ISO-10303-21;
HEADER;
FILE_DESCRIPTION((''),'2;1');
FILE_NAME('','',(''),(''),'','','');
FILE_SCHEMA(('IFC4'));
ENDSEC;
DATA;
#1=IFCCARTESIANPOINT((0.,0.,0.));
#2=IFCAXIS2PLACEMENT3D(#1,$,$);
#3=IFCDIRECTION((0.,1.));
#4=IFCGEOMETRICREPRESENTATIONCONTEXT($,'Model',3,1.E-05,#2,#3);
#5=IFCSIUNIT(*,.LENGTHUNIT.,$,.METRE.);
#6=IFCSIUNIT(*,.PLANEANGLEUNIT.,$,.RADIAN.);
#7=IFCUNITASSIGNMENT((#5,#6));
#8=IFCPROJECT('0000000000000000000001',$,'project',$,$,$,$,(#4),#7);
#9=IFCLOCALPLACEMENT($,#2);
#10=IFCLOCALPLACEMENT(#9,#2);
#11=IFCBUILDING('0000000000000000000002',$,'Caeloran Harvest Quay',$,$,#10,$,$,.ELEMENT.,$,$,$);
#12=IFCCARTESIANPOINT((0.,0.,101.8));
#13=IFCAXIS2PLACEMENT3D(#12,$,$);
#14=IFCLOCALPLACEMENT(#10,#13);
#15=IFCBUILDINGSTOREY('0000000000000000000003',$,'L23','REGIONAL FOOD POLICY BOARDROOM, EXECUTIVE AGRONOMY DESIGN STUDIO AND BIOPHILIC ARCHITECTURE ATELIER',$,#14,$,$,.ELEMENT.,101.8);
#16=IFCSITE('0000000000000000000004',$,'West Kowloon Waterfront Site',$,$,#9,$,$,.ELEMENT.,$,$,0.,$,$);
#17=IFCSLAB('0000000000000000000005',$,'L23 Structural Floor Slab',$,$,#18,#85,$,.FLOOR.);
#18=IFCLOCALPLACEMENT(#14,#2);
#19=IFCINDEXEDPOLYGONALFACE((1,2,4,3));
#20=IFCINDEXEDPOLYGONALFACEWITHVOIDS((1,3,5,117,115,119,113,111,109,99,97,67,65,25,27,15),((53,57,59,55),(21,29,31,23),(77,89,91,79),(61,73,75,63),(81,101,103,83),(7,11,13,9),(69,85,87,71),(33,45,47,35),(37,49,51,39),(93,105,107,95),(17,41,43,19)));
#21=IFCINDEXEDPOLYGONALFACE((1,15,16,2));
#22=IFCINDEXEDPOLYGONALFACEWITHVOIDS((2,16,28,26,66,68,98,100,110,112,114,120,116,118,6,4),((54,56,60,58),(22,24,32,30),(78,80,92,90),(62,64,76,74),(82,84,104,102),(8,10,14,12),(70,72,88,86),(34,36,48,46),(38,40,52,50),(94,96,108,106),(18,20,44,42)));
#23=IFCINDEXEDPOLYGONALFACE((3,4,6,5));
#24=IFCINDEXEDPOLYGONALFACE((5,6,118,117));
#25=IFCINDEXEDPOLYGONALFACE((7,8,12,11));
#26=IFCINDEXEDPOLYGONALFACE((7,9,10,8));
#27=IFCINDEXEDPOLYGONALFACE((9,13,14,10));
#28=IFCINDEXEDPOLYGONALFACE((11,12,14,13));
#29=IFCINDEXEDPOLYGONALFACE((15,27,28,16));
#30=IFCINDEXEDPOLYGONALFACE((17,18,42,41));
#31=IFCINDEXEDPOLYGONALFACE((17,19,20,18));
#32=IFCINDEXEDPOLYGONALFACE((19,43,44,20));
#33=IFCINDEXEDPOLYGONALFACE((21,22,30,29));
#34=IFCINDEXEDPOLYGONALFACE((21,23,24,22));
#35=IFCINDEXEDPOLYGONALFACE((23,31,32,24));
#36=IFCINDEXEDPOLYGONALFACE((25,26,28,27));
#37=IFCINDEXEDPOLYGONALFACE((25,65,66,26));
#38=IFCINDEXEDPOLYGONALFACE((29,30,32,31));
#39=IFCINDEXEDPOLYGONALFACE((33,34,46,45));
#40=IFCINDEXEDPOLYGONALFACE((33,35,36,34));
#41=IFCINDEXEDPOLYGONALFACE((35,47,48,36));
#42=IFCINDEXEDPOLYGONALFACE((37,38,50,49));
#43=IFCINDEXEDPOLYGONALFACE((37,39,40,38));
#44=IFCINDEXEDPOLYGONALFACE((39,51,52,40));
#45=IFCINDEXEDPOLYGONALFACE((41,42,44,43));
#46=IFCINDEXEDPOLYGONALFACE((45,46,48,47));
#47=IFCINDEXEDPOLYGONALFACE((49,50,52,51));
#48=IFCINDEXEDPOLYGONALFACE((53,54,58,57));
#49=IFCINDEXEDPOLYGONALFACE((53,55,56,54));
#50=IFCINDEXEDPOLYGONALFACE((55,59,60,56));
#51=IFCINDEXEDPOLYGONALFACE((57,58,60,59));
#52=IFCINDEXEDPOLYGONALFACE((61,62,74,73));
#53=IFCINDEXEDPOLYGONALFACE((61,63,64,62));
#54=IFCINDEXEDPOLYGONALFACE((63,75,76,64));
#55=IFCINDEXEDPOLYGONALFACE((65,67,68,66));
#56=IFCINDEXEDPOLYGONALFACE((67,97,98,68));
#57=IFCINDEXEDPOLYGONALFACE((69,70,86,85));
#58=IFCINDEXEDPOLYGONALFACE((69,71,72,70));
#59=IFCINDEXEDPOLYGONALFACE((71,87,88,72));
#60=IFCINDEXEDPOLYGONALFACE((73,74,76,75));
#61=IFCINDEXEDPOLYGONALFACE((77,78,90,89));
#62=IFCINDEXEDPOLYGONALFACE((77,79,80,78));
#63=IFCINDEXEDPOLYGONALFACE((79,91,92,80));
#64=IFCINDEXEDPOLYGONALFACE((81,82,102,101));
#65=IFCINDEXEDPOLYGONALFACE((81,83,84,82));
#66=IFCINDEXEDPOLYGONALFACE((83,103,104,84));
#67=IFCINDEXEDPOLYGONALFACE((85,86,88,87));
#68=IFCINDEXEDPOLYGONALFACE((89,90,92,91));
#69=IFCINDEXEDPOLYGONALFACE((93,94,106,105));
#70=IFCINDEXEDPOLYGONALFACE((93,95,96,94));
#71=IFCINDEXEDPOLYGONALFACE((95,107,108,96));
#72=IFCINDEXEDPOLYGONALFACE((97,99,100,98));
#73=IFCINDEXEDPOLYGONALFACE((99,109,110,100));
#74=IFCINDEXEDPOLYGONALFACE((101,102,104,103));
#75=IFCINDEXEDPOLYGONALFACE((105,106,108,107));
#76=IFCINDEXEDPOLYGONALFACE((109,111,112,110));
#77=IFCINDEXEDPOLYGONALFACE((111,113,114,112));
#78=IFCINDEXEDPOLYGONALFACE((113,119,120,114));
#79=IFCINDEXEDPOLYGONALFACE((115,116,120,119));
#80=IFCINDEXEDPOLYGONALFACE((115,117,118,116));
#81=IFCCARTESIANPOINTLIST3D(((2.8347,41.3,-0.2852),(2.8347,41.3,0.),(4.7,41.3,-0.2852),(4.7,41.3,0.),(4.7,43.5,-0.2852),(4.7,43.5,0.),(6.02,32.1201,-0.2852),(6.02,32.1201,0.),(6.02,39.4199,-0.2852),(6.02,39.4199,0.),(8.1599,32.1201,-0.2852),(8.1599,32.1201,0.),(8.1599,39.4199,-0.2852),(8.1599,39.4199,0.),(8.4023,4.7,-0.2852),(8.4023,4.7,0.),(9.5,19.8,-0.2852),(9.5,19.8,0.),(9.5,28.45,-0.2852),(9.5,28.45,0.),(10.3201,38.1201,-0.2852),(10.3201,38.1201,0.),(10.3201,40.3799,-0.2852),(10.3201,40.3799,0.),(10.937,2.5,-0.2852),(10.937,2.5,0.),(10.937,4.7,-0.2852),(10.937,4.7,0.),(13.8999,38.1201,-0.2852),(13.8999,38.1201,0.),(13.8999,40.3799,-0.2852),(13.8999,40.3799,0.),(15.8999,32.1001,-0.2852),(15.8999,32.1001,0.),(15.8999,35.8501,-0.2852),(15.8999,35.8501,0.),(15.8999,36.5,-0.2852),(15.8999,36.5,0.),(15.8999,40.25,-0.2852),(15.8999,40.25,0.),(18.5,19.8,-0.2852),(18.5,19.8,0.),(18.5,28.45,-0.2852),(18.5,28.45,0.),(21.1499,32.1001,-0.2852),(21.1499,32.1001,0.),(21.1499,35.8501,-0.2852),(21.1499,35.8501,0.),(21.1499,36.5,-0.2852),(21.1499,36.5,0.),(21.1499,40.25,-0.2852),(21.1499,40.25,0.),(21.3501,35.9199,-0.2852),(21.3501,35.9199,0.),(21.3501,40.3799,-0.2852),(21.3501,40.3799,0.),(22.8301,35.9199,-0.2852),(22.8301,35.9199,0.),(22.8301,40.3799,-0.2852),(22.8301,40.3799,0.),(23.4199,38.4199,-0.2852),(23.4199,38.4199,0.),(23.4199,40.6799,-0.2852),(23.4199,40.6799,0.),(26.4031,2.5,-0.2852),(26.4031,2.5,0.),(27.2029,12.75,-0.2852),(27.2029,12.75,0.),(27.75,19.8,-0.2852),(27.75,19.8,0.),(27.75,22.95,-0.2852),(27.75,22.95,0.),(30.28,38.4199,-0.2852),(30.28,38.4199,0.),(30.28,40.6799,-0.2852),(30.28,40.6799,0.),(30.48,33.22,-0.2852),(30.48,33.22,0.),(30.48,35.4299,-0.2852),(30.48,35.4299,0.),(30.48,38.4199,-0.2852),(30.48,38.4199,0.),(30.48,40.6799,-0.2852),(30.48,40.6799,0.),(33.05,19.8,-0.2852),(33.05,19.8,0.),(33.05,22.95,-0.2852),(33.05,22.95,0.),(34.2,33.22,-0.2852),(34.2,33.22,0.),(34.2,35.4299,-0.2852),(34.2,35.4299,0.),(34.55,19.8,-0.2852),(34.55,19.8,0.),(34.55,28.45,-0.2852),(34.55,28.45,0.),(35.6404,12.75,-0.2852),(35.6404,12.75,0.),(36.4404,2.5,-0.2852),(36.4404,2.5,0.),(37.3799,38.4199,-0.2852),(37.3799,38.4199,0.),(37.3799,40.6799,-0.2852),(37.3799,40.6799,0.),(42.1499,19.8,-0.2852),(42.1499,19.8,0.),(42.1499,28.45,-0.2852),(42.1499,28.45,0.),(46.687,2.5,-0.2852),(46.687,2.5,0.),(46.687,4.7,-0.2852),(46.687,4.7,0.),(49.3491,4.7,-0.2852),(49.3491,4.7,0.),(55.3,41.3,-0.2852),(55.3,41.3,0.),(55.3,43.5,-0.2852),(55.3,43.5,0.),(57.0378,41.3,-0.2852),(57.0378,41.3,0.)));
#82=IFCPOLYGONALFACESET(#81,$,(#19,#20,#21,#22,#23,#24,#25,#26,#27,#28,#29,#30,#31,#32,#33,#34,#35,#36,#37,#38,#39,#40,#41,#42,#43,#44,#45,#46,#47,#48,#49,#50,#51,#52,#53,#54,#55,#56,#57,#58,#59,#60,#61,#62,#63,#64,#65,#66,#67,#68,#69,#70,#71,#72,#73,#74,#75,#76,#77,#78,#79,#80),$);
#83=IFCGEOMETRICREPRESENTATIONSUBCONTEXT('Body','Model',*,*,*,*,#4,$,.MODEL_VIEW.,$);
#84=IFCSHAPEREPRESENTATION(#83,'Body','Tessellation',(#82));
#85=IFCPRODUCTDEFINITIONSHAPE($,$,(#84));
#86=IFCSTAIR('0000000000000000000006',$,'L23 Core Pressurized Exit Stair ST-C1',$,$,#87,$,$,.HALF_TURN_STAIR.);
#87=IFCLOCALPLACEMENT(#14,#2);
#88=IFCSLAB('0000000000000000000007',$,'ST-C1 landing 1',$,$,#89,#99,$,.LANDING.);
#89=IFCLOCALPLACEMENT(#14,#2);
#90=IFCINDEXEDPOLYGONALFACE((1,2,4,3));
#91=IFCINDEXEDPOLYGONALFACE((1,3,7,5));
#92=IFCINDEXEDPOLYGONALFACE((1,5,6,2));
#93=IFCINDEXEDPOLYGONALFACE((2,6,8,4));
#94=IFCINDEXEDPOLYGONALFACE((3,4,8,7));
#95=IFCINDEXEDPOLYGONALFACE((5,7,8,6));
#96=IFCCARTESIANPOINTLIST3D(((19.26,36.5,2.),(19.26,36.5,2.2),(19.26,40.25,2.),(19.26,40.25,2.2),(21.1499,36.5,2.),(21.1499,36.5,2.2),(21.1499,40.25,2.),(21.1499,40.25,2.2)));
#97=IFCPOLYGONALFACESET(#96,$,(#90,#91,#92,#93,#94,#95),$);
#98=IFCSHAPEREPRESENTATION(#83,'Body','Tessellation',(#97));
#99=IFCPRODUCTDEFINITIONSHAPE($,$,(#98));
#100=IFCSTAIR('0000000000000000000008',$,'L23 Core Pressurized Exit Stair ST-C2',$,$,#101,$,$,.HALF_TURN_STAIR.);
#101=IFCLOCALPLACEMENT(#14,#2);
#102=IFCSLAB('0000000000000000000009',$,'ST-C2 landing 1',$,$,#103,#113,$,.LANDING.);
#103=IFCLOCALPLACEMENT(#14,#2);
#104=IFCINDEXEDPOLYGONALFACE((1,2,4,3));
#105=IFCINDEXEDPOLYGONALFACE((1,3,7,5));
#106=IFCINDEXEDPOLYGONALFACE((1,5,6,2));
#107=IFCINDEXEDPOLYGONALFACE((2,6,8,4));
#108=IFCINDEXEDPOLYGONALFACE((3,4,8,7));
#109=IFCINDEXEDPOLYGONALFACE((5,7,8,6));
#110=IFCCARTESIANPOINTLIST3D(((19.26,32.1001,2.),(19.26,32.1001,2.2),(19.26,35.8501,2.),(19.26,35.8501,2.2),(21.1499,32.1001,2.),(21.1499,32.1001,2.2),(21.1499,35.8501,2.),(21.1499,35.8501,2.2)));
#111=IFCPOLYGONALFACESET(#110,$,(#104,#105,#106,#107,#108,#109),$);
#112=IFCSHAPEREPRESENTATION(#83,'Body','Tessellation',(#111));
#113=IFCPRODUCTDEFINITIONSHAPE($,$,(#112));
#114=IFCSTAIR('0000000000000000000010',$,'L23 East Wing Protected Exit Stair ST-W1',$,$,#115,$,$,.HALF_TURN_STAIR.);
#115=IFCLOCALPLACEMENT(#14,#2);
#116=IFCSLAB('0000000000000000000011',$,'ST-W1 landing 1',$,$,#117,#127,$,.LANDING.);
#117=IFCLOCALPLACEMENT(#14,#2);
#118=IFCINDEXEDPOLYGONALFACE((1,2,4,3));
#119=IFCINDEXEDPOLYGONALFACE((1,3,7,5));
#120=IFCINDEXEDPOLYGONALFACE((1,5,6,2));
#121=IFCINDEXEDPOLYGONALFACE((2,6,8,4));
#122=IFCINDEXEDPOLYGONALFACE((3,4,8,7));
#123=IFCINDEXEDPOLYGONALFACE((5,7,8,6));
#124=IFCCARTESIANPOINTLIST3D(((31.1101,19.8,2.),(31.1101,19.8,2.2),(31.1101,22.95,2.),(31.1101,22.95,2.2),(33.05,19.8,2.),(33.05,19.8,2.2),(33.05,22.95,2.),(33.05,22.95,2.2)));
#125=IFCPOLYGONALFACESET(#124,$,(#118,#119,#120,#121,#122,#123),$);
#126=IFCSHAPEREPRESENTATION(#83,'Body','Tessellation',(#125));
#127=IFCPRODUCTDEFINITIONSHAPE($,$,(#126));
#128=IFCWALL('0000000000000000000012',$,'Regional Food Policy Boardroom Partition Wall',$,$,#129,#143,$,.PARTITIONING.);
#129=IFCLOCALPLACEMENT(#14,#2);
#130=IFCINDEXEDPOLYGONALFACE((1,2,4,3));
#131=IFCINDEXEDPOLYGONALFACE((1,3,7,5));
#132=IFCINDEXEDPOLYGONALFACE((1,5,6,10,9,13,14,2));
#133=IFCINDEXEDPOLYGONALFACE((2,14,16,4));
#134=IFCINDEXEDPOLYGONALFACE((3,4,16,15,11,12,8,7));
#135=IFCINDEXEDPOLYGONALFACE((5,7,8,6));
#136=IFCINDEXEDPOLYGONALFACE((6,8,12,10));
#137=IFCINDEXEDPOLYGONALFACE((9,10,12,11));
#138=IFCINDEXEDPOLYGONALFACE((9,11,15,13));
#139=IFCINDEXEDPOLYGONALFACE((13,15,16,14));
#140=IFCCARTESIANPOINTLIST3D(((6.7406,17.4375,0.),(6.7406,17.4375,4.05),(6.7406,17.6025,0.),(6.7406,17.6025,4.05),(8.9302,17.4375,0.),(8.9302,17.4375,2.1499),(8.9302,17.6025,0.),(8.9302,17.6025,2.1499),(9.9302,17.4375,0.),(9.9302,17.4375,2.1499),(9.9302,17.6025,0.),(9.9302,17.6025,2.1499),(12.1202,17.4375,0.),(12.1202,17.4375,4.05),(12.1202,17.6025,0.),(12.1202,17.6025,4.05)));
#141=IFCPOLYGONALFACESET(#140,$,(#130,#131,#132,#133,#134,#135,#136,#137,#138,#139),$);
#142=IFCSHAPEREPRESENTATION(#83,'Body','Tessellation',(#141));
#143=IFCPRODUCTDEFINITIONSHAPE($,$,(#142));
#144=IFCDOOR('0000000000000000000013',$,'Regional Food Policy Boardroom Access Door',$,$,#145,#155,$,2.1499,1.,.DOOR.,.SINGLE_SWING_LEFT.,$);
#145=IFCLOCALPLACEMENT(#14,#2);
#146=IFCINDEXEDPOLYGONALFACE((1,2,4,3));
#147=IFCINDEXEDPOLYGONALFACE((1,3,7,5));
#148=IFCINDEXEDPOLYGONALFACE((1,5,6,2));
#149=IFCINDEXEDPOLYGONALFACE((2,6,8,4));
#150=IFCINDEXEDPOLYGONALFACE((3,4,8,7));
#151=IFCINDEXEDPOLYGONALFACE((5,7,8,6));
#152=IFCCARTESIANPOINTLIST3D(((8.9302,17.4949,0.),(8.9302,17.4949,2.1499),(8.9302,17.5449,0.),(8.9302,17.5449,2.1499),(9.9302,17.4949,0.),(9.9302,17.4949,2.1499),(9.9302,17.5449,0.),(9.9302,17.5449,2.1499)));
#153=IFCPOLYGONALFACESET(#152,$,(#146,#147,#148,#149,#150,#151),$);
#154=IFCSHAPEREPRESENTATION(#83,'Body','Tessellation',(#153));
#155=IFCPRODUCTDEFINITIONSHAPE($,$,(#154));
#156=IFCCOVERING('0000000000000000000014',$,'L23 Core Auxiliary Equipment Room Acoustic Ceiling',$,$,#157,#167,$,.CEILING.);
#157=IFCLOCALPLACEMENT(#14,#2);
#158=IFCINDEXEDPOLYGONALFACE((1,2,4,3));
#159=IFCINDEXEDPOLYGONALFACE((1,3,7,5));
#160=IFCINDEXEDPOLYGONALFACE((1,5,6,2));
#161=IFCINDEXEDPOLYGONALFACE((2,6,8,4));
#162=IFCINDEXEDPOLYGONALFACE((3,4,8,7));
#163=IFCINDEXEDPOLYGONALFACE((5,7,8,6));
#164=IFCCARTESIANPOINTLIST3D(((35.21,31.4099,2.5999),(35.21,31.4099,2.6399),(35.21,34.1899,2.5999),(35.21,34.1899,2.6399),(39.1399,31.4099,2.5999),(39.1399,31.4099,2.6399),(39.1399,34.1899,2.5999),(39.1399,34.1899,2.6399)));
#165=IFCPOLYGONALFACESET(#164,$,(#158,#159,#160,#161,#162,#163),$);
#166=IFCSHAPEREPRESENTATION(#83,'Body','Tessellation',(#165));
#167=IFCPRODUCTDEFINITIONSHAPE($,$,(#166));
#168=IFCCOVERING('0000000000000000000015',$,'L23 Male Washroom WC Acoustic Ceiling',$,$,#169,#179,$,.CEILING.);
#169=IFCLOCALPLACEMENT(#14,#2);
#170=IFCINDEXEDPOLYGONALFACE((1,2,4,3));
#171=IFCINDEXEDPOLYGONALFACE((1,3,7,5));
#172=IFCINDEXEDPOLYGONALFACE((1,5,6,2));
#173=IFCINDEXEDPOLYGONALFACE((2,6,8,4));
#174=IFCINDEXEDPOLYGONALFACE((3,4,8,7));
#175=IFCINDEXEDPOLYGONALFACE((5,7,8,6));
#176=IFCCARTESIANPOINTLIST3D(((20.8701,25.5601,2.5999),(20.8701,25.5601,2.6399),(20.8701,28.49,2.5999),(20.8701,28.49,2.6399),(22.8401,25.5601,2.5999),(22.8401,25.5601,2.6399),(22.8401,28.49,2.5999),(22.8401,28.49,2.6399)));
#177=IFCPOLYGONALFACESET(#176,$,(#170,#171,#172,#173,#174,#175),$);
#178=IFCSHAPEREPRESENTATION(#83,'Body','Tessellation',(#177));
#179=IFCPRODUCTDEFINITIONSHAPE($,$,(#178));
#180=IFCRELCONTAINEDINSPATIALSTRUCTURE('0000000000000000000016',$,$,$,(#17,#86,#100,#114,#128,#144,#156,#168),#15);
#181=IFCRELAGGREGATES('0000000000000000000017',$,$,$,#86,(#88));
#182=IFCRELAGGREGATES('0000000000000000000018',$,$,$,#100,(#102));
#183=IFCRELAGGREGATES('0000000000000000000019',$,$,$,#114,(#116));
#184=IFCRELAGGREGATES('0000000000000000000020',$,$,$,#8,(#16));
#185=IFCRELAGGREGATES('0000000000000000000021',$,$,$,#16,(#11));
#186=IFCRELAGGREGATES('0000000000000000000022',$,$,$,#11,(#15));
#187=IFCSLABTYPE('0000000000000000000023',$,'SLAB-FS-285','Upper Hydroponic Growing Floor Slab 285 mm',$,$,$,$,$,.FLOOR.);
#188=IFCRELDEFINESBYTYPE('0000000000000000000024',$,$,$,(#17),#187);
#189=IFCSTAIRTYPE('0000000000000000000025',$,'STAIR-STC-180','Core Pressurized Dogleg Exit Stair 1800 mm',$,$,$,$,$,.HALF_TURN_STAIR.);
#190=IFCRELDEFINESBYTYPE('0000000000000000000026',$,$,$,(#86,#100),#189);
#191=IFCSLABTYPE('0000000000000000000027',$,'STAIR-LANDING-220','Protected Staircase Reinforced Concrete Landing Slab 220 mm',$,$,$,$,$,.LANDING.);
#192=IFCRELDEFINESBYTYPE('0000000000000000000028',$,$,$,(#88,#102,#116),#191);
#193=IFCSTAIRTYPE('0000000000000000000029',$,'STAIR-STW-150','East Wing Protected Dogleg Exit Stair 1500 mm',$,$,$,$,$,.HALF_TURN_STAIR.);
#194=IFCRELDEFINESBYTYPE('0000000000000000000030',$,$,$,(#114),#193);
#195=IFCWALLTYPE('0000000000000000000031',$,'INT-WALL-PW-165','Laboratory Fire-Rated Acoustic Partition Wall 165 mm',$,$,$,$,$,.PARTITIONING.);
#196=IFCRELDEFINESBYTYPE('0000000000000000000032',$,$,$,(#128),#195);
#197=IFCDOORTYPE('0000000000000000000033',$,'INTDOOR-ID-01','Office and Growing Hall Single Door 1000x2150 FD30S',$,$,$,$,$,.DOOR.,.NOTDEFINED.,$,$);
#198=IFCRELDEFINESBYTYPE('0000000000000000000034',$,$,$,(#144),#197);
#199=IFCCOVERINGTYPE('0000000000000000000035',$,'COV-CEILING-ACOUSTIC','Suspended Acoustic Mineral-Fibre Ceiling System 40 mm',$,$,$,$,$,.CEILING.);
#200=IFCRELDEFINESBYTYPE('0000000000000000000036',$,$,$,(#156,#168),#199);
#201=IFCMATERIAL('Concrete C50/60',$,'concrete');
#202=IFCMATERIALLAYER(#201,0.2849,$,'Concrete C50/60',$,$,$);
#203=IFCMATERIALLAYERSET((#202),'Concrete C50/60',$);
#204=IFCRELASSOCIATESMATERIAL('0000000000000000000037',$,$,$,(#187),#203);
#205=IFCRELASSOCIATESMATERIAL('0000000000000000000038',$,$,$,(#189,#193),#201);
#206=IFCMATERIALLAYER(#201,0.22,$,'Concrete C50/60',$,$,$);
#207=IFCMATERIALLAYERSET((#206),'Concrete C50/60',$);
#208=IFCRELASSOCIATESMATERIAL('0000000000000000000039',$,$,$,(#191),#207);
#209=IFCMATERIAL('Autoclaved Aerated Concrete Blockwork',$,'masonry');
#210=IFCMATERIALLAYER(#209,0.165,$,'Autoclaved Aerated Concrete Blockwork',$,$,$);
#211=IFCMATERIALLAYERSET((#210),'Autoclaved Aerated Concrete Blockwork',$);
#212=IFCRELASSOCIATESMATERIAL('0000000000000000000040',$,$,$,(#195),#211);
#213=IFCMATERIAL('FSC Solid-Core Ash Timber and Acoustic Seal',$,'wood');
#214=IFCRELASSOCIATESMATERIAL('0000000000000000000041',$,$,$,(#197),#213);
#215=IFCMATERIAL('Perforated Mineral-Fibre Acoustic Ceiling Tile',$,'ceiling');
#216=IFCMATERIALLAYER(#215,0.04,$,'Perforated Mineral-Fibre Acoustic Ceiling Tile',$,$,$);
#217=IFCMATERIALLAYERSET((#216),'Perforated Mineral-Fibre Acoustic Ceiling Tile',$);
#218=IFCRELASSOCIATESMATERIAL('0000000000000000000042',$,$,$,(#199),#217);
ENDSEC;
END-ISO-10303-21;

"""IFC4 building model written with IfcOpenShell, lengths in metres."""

from ifc_helpers import new_model, si_unit, direction, frame, frame_2d, origin, place, context, subcontext, project, spatial, polyline, rectangle, outline, extrude, material, layer, layer_set, type_object, element, fill, aggregate, save


model = new_model("IFC4")

# Units and contexts
model_context = context("Model", 3, precision=1e-05, world=origin(), true_north=direction((0.0, 1.0)))
body_context = subcontext(model_context, "Body", "Model", "MODEL_VIEW")
ifc_project = project(units=[si_unit("LENGTHUNIT", "METRE"), si_unit("PLANEANGLEUNIT", "RADIAN")], contexts=[model_context])

# Site, building, storey
site_placement = place(None, origin())
site = spatial("IfcSite", under=ifc_project, at=site_placement, Name="West Kowloon Waterfront Site", CompositionType="ELEMENT", RefElevation=0.0)
building_placement = place(site_placement, origin())
building = spatial("IfcBuilding", under=site, at=building_placement, Name="Caeloran Harvest Quay", CompositionType="ELEMENT")
storey_placement = place(building_placement, frame((0.0, 0.0, 101.8)))
storey = spatial("IfcBuildingStorey", under=building, at=storey_placement, Name="L23", Description="REGIONAL FOOD POLICY BOARDROOM, EXECUTIVE AGRONOMY DESIGN STUDIO AND BIOPHILIC ARCHITECTURE ATELIER", CompositionType="ELEMENT", Elevation=101.8)

# Slab
ifc_material_1 = material(Name="Concrete C50/60", Category="concrete")
ifc_layer_1 = layer(ifc_material_1, 0.2849, Name="Concrete C50/60")
ifc_layer_set_1 = layer_set([ifc_layer_1], Name="Concrete C50/60")
slab_type_1 = type_object("IfcSlabType", Name="SLAB-FS-285", Description="Upper Hydroponic Growing Floor Slab 285 mm", PredefinedType="FLOOR", material=ifc_layer_set_1)
slab_1_placement = place(storey_placement, frame((0.0, 0.0, -0.2852)))
element("IfcSlab", 1, at=slab_1_placement, inside=storey, type_object=slab_type_1, Name="L23 Structural Floor Slab", PredefinedType="FLOOR", context=body_context, shape_type="SweptSolid", body=[
    extrude(outline(polyline([(10.937, 2.5), (26.4031, 2.5), (27.2029, 12.75), (35.6404, 12.75), (36.4404, 2.5), (46.687, 2.5), (46.687, 4.7), (49.3491, 4.7), (57.0378, 41.3), (55.3, 41.3), (55.3, 43.5), (4.7, 43.5), (4.7, 41.3), (2.8347, 41.3), (8.4023, 4.7), (10.937, 4.7), (10.937, 2.5)]), holes=[polyline([(18.5, 19.8), (9.5, 19.8), (9.5, 28.45), (18.5, 28.45), (18.5, 19.8)]), polyline([(15.8999, 32.1001), (15.8999, 35.8501), (21.1499, 35.8501), (21.1499, 32.1001), (15.8999, 32.1001)]), polyline([(8.1599, 32.1201), (6.02, 32.1201), (6.02, 39.4199), (8.1599, 39.4199), (8.1599, 32.1201)]), polyline([(21.3501, 35.9199), (21.3501, 40.3799), (22.8301, 40.3799), (22.8301, 35.9199), (21.3501, 35.9199)]), polyline([(15.8999, 40.25), (21.1499, 40.25), (21.1499, 36.5), (15.8999, 36.5), (15.8999, 40.25)]), polyline([(13.8999, 38.1201), (10.3201, 38.1201), (10.3201, 40.3799), (13.8999, 40.3799), (13.8999, 38.1201)]), polyline([(27.75, 22.95), (33.05, 22.95), (33.05, 19.8), (27.75, 19.8), (27.75, 22.95)]), polyline([(34.55, 19.8), (34.55, 28.45), (42.1499, 28.45), (42.1499, 19.8), (34.55, 19.8)]), polyline([(34.2, 33.22), (30.48, 33.22), (30.48, 35.4299), (34.2, 35.4299), (34.2, 33.22)]), polyline([(23.4199, 38.4199), (23.4199, 40.6799), (30.28, 40.6799), (30.28, 38.4199), (23.4199, 38.4199)]), polyline([(30.48, 38.4199), (30.48, 40.6799), (37.3799, 40.6799), (37.3799, 38.4199), (30.48, 38.4199)])]), origin(), (0.0, 0.0, 1.0), 0.2852),
])

# Stairs, slabs
stair_type_1 = type_object("IfcStairType", Name="STAIR-STC-180", Description="Core Pressurized Dogleg Exit Stair 1800 mm", PredefinedType="HALF_TURN_STAIR", material=ifc_material_1)
stair_1_placement = place(storey_placement, origin())
stair_1 = element("IfcStair", 2, at=stair_1_placement, inside=storey, type_object=stair_type_1, Name="L23 Core Pressurized Exit Stair ST-C1", PredefinedType="HALF_TURN_STAIR")
ifc_layer_2 = layer(ifc_material_1, 0.22, Name="Concrete C50/60")
ifc_layer_set_2 = layer_set([ifc_layer_2], Name="Concrete C50/60")
slab_type_2 = type_object("IfcSlabType", Name="STAIR-LANDING-220", Description="Protected Staircase Reinforced Concrete Landing Slab 220 mm", PredefinedType="LANDING", material=ifc_layer_set_2)
slab_2_placement = place(storey_placement, frame((0.0, 0.0, 2.0)))
slab_2 = element("IfcSlab", 3, at=slab_2_placement, type_object=slab_type_2, Name="ST-C1 landing 1", PredefinedType="LANDING", context=body_context, shape_type="SweptSolid", body=[
    extrude(outline(polyline([(19.26, 36.5), (21.1499, 36.5), (21.1499, 40.25), (19.26, 40.25), (19.26, 36.5)])), origin(), (0.0, 0.0, 1.0), 0.2),
])
aggregate(stair_1, [slab_2])
stair_2_placement = place(storey_placement, origin())
stair_2 = element("IfcStair", 4, at=stair_2_placement, inside=storey, type_object=stair_type_1, Name="L23 Core Pressurized Exit Stair ST-C2", PredefinedType="HALF_TURN_STAIR")
slab_3_placement = place(storey_placement, frame((0.0, 0.0, 2.0)))
slab_3 = element("IfcSlab", 5, at=slab_3_placement, type_object=slab_type_2, Name="ST-C2 landing 1", PredefinedType="LANDING", context=body_context, shape_type="SweptSolid", body=[
    extrude(outline(polyline([(19.26, 32.1001), (21.1499, 32.1001), (21.1499, 35.8501), (19.26, 35.8501), (19.26, 32.1001)])), origin(), (0.0, 0.0, 1.0), 0.2),
])
aggregate(stair_2, [slab_3])
stair_type_2 = type_object("IfcStairType", Name="STAIR-STW-150", Description="East Wing Protected Dogleg Exit Stair 1500 mm", PredefinedType="HALF_TURN_STAIR", material=ifc_material_1)
stair_3_placement = place(storey_placement, origin())
stair_3 = element("IfcStair", 6, at=stair_3_placement, inside=storey, type_object=stair_type_2, Name="L23 East Wing Protected Exit Stair ST-W1", PredefinedType="HALF_TURN_STAIR")
slab_4_placement = place(storey_placement, frame((0.0, 0.0, 2.0)))
slab_4 = element("IfcSlab", 7, at=slab_4_placement, type_object=slab_type_2, Name="ST-W1 landing 1", PredefinedType="LANDING", context=body_context, shape_type="SweptSolid", body=[
    extrude(outline(polyline([(31.1101, 19.8), (33.05, 19.8), (33.05, 22.95), (31.1101, 22.95), (31.1101, 19.8)])), origin(), (0.0, 0.0, 1.0), 0.2),
])
aggregate(stair_3, [slab_4])

# Wall, opening, door
ifc_material_2 = material(Name="Autoclaved Aerated Concrete Blockwork", Category="masonry")
ifc_layer_3 = layer(ifc_material_2, 0.165, Name="Autoclaved Aerated Concrete Blockwork")
ifc_layer_set_3 = layer_set([ifc_layer_3], Name="Autoclaved Aerated Concrete Blockwork")
wall_type = type_object("IfcWallType", Name="INT-WALL-PW-165", Description="Laboratory Fire-Rated Acoustic Partition Wall 165 mm", PredefinedType="PARTITIONING", material=ifc_layer_set_3)
wall_placement = place(storey_placement, frame((6.7405, 17.52, 0.0), z_axis=(0.0, 0.0, 1.0), x_axis=(1.0, 0.0, 0.0)))
wall = element("IfcWall", 8, at=wall_placement, inside=storey, type_object=wall_type, Name="Regional Food Policy Boardroom Partition Wall", PredefinedType="PARTITIONING", context=body_context, shape_type="SweptSolid", body=[
    extrude(rectangle(XDim=5.3796, YDim=0.165, at=frame_2d((2.6899, 0.0))), origin(), (0.0, 0.0, 1.0), 4.05),
])
opening_placement = place(wall_placement, frame((2.1897, 0.0, 0.0)))
opening = element("IfcOpeningElement", 9, at=opening_placement, cuts=wall, PredefinedType="OPENING", context=body_context, shape_type="SweptSolid", body=[
    extrude(rectangle(XDim=1.0, YDim=2.1499, at=frame_2d((0.5, 1.075))), frame((0.0, 0.0925, 0.0), z_axis=(0.0, -1.0, 0.0), x_axis=(1.0, 0.0, 0.0)), (0.0, 0.0, 1.0), 0.1851),
])
ifc_material_3 = material(Name="FSC Solid-Core Ash Timber and Acoustic Seal", Category="wood")
door_type = type_object("IfcDoorType", Name="INTDOOR-ID-01", Description="Office and Growing Hall Single Door 1000x2150 FD30S", OperationType="NOTDEFINED", PredefinedType="DOOR", material=ifc_material_3)
door_placement = place(opening_placement, origin())
door = element("IfcDoor", 10, at=door_placement, inside=storey, type_object=door_type, Name="Regional Food Policy Boardroom Access Door", OperationType="SINGLE_SWING_LEFT", OverallHeight=2.1499, OverallWidth=1.0, PredefinedType="DOOR", context=body_context, shape_type="SweptSolid", body=[
    extrude(rectangle(XDim=1.0, YDim=2.1499, at=frame_2d((0.5, 1.075))), frame((0.0, 0.0249, 0.0), z_axis=(0.0, -1.0, 0.0), x_axis=(1.0, 0.0, 0.0)), (0.0, 0.0, 1.0), 0.05),
])
fill(opening, door)

# Coverings
ifc_material_4 = material(Name="Perforated Mineral-Fibre Acoustic Ceiling Tile", Category="ceiling")
ifc_layer_4 = layer(ifc_material_4, 0.04, Name="Perforated Mineral-Fibre Acoustic Ceiling Tile")
ifc_layer_set_4 = layer_set([ifc_layer_4], Name="Perforated Mineral-Fibre Acoustic Ceiling Tile")
covering_type_1 = type_object("IfcCoveringType", Name="COV-CEILING-ACOUSTIC", Description="Suspended Acoustic Mineral-Fibre Ceiling System 40 mm", PredefinedType="CEILING", material=ifc_layer_set_4)
covering_1_placement = place(storey_placement, frame((0.0, 0.0, 2.5999)))
element("IfcCovering", 11, at=covering_1_placement, inside=storey, type_object=covering_type_1, Name="L23 Core Auxiliary Equipment Room Acoustic Ceiling", PredefinedType="CEILING", context=body_context, shape_type="SweptSolid", body=[
    extrude(outline(polyline([(39.1399, 34.1899), (39.1399, 31.4099), (35.21, 31.4099), (35.21, 34.1899), (39.1399, 34.1899)])), origin(), (0.0, 0.0, 1.0), 0.04),
])
covering_2_placement = place(storey_placement, frame((0.0, 0.0, 2.5999)))
element("IfcCovering", 12, at=covering_2_placement, inside=storey, type_object=covering_type_1, Name="L23 Male Washroom WC Acoustic Ceiling", PredefinedType="CEILING", context=body_context, shape_type="SweptSolid", body=[
    extrude(outline(polyline([(22.8401, 25.5601), (20.8701, 25.5601), (20.8701, 28.49), (22.8401, 28.49), (22.8401, 25.5601)])), origin(), (0.0, 0.0, 1.0), 0.04),
])

save(model, "model.ifc")
